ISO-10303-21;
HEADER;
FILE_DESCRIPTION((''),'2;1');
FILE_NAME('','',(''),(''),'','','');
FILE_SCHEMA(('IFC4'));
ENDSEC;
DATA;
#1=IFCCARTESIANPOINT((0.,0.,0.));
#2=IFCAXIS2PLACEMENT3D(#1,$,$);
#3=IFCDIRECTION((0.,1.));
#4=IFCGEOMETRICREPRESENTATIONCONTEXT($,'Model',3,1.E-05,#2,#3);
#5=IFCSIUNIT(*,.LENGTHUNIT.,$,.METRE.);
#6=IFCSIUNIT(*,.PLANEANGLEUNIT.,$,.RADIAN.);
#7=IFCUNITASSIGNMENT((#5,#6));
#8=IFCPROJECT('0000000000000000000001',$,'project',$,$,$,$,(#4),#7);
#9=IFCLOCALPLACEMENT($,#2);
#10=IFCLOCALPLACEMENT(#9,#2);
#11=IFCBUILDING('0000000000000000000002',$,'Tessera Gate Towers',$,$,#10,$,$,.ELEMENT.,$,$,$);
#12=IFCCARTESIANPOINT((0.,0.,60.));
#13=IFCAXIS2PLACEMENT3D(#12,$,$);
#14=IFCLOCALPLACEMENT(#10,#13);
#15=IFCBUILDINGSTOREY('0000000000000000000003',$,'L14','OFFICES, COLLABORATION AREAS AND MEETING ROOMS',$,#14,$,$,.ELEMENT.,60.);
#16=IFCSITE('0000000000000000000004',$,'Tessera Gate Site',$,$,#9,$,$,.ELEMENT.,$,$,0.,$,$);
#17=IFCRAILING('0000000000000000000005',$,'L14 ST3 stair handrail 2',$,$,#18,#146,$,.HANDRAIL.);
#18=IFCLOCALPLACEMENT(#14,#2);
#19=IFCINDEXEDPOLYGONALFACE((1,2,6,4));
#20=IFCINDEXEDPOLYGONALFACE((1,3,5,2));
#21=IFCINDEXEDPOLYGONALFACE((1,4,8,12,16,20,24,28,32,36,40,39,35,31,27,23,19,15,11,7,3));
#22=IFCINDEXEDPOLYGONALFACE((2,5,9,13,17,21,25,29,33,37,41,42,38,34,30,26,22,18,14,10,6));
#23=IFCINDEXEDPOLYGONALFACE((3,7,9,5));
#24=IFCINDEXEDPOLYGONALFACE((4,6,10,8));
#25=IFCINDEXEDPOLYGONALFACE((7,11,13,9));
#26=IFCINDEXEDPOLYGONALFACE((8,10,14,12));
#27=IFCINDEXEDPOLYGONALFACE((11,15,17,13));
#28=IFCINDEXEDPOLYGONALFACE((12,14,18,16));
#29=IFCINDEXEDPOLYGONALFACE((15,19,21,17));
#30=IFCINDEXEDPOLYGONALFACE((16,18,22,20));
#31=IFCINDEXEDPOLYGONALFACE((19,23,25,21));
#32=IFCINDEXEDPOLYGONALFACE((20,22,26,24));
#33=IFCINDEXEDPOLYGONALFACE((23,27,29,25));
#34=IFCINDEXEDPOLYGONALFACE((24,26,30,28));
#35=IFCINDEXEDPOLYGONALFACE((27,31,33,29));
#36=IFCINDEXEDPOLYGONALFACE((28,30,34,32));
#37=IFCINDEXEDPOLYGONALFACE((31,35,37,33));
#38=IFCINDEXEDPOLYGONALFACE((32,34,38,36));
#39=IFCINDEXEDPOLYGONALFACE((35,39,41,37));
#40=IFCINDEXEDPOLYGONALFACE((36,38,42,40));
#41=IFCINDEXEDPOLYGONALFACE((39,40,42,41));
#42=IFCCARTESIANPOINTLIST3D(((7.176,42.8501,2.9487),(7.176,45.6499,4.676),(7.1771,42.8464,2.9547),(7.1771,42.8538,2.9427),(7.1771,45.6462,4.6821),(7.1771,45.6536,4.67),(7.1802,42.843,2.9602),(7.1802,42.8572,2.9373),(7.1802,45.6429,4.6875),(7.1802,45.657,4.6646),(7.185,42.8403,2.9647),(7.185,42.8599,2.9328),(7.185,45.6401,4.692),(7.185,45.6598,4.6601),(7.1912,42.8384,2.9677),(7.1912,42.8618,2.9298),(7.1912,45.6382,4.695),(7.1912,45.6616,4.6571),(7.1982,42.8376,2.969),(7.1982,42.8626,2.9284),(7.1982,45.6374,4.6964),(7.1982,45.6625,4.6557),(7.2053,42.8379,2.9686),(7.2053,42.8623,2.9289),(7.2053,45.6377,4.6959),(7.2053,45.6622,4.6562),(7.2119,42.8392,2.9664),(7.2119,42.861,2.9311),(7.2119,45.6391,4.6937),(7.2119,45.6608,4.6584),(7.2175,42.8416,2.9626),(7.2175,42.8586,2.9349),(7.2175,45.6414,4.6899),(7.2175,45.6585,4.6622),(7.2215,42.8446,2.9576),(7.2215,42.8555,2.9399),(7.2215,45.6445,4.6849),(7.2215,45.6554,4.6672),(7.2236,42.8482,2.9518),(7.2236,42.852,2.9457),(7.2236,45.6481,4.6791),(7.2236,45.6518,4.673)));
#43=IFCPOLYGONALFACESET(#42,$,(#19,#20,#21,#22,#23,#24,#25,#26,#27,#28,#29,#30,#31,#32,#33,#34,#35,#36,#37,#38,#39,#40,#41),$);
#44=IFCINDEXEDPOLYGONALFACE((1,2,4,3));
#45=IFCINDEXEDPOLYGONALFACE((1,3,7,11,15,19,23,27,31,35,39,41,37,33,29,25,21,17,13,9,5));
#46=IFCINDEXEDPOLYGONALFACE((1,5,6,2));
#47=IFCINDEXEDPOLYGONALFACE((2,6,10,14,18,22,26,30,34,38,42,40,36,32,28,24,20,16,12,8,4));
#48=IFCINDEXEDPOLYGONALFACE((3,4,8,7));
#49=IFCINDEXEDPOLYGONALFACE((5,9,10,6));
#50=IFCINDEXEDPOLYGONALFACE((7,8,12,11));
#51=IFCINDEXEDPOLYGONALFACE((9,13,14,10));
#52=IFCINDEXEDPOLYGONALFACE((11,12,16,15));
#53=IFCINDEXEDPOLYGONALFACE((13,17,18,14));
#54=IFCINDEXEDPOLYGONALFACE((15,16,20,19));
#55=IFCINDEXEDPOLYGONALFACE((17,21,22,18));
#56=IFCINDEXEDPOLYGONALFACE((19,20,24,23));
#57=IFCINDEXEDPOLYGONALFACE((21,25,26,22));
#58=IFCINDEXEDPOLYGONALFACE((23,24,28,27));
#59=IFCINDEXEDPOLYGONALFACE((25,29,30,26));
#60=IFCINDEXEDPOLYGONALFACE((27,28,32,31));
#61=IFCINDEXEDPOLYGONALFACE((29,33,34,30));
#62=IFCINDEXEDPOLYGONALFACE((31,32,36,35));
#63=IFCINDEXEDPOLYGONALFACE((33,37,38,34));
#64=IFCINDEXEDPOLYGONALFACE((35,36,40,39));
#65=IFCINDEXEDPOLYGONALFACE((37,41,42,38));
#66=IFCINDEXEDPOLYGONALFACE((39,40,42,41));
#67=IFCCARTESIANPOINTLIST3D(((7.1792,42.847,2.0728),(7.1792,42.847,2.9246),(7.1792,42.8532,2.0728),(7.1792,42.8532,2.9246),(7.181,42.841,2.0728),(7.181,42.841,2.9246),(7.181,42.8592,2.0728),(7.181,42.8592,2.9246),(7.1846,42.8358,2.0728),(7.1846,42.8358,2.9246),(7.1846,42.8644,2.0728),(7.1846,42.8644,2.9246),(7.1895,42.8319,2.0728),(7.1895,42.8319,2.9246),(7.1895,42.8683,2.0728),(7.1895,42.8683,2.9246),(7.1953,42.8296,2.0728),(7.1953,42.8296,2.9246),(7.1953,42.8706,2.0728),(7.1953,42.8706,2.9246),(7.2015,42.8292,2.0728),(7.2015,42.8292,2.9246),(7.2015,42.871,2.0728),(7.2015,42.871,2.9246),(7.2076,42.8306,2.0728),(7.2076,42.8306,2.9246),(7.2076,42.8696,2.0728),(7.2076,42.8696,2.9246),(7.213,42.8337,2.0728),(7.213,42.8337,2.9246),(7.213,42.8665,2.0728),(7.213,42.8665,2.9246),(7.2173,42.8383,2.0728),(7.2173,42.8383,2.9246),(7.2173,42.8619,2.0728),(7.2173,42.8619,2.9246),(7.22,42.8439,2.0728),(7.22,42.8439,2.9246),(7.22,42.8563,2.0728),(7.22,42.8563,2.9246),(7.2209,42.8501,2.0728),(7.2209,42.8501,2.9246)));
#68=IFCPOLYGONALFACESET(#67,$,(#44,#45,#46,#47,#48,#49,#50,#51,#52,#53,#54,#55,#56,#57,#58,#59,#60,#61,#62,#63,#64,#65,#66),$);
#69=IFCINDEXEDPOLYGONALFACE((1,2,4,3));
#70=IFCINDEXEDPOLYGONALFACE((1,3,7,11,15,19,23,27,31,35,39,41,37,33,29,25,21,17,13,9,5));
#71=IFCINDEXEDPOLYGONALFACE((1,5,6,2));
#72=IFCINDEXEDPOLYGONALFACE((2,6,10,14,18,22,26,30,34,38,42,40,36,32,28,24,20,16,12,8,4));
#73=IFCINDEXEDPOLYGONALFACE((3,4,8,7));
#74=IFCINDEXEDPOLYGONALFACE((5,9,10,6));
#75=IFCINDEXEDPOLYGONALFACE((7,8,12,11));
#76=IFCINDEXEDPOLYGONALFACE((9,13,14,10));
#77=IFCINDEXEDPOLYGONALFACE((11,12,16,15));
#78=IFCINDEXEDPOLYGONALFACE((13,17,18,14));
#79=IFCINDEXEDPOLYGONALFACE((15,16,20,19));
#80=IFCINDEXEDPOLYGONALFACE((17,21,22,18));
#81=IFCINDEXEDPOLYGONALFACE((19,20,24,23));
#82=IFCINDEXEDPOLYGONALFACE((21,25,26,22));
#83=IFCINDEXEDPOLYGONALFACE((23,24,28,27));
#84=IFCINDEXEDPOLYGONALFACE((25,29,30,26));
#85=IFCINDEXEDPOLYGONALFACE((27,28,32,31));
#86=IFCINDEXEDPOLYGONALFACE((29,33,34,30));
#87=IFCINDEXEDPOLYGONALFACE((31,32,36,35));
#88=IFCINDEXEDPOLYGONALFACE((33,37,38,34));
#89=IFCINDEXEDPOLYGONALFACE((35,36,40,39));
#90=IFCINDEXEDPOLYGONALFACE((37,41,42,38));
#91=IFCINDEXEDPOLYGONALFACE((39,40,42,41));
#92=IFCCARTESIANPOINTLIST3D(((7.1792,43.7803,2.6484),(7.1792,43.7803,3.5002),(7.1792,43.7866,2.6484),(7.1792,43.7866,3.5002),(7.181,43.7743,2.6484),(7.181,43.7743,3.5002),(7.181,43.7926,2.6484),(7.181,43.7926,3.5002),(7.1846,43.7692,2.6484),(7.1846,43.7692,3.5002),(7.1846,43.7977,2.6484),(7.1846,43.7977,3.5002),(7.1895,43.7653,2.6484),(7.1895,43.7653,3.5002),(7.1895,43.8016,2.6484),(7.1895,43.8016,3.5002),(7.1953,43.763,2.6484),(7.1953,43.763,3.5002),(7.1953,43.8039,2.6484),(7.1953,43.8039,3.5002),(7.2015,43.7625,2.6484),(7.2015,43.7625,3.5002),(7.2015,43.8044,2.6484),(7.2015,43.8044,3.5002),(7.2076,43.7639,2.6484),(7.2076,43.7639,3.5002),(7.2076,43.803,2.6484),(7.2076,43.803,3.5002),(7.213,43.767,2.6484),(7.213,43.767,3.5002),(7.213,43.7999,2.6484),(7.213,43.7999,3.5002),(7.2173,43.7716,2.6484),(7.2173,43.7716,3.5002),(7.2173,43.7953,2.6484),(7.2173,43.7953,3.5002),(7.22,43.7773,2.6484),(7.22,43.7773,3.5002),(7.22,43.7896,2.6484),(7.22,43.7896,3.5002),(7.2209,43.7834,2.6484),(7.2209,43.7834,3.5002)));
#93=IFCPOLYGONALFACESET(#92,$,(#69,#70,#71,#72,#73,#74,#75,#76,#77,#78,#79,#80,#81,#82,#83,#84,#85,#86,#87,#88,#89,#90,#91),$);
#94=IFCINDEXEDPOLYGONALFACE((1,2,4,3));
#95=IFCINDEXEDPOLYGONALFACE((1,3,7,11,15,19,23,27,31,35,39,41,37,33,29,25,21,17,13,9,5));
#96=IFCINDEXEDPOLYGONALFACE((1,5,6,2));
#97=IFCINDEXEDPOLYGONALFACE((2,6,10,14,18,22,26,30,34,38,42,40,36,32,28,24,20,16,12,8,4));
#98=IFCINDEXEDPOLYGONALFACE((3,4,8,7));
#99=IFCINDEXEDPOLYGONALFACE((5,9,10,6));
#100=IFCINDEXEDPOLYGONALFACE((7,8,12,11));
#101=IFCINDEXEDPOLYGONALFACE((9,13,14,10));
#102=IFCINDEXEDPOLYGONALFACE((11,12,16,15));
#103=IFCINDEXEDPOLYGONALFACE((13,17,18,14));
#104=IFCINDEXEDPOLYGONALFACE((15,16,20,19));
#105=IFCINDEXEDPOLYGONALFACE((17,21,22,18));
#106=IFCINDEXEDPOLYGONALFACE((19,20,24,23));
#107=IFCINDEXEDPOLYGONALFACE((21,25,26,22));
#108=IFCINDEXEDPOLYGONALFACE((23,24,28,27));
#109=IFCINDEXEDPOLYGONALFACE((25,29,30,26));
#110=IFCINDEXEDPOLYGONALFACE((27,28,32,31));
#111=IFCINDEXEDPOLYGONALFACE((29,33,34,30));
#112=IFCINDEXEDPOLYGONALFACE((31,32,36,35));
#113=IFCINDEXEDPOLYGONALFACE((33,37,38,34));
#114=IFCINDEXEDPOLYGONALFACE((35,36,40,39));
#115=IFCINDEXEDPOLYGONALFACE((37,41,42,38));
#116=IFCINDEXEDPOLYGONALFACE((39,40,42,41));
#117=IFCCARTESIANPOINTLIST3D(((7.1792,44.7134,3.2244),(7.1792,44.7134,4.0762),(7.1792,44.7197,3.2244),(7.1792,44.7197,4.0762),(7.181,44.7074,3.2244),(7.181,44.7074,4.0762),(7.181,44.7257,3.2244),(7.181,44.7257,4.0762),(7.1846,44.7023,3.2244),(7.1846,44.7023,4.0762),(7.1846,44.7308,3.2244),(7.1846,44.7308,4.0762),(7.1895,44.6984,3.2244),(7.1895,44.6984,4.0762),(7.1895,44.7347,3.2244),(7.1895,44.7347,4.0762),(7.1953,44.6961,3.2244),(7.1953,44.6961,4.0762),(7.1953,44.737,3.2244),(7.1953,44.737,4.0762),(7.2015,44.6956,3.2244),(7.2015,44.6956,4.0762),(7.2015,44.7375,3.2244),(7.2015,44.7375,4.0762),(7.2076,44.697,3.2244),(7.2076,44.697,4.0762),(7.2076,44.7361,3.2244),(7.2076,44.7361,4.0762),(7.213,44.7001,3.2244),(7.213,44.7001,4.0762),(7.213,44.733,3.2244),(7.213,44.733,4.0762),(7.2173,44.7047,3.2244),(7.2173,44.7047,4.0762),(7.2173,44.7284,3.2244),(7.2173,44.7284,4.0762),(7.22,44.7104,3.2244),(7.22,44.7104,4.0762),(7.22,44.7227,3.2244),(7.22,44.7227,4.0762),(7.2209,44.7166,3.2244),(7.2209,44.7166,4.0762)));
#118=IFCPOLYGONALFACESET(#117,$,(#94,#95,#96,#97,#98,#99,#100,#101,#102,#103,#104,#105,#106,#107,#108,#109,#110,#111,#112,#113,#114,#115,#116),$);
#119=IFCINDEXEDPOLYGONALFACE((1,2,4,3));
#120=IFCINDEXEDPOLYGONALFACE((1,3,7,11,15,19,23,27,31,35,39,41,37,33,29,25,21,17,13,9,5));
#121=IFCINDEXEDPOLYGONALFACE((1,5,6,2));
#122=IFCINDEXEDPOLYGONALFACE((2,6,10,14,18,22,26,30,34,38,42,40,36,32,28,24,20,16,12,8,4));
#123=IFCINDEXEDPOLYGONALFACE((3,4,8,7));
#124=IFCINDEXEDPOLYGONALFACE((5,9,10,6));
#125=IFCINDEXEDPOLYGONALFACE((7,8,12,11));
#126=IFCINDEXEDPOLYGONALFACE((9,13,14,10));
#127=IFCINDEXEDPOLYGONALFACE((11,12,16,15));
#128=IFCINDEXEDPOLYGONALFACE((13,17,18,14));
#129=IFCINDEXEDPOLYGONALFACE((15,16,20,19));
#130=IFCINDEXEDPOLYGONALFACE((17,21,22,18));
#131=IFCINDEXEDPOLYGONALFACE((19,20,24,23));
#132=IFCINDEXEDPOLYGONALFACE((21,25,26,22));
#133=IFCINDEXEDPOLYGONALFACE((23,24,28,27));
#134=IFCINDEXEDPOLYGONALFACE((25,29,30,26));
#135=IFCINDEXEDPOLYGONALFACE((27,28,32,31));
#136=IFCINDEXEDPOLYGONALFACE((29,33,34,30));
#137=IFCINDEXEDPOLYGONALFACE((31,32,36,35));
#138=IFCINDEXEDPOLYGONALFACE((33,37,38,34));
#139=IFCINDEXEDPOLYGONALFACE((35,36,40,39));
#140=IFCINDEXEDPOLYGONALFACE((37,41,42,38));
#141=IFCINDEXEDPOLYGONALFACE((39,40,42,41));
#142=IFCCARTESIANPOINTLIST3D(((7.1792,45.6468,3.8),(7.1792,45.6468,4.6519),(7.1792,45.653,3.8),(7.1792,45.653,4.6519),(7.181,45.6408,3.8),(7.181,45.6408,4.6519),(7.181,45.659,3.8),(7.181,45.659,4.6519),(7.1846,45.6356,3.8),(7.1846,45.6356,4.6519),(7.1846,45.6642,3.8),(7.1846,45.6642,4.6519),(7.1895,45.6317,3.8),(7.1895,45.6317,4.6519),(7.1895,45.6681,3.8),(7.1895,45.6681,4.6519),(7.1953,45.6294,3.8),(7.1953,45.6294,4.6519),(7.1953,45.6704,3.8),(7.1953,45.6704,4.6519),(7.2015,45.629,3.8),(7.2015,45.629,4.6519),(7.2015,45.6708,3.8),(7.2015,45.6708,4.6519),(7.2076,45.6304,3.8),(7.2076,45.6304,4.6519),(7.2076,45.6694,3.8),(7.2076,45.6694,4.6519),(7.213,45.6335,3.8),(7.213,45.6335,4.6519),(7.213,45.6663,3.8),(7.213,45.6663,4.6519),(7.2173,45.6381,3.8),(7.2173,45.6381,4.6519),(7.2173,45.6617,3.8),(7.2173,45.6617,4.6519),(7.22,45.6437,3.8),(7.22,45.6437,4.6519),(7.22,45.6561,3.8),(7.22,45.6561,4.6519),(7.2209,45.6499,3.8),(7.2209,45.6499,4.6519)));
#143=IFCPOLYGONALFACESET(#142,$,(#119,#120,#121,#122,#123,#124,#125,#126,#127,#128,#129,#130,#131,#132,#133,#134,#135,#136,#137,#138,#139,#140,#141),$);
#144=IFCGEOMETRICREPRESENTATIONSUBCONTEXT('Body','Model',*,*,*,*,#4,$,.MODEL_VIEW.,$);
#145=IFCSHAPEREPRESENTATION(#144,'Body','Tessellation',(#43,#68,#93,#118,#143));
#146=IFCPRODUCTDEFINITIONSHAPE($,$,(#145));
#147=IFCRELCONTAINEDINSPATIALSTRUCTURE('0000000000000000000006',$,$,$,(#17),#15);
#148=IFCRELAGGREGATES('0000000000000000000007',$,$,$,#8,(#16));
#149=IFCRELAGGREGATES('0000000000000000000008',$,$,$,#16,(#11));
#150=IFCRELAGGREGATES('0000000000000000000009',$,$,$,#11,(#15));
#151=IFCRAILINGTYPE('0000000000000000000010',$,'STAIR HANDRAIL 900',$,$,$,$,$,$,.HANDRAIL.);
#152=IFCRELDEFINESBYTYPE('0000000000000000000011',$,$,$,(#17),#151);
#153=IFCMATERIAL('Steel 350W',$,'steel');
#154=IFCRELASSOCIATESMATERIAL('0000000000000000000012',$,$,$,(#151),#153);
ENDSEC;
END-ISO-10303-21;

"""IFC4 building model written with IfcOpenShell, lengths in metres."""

from ifc_helpers import new_model, si_unit, direction, frame, origin, origin_2d, place, context, subcontext, project, spatial, circle, extrude, material, type_object, element, save


model = new_model("IFC4")

# Units and contexts
model_context = context("Model", 3, precision=1e-05, world=origin(), true_north=direction((0.0, 1.0)))
body_context = subcontext(model_context, "Body", "Model", "MODEL_VIEW")
ifc_project = project(units=[si_unit("LENGTHUNIT", "METRE"), si_unit("PLANEANGLEUNIT", "RADIAN")], contexts=[model_context])

# Site, building, storey
site_placement = place(None, origin())
site = spatial("IfcSite", under=ifc_project, at=site_placement, Name="Tessera Gate Site", CompositionType="ELEMENT", RefElevation=0.0)
building_placement = place(site_placement, origin())
building = spatial("IfcBuilding", under=site, at=building_placement, Name="Tessera Gate Towers", CompositionType="ELEMENT")
storey_placement = place(building_placement, frame((0.0, 0.0, 60.0)))
storey = spatial("IfcBuildingStorey", under=building, at=storey_placement, Name="L14", Description="OFFICES, COLLABORATION AREAS AND MEETING ROOMS", CompositionType="ELEMENT", Elevation=60.0)

# Railing
ifc_material_1 = material(Name="Steel 350W", Category="steel")
railing_type = type_object("IfcRailingType", Name="STAIR HANDRAIL 900", PredefinedType="HANDRAIL", material=ifc_material_1)
railing_placement = place(storey_placement, frame((7.2, 42.8501, 2.0728)))
element("IfcRailing", 1, at=railing_placement, inside=storey, type_object=railing_type, Name="L14 ST3 stair handrail 2", PredefinedType="HANDRAIL", context=body_context, shape_type="SweptSolid", body=[
    extrude(circle(Radius=0.0239, at=origin_2d()), frame((0.0, 0.0, 0.876), z_axis=(0.0, 0.851069, 0.525054), x_axis=(-1.0, 0.0, 0.0)), (0.0, 0.0, 1.0), 3.2898),
    extrude(circle(Radius=0.021, at=origin_2d()), origin(), (0.0, 0.0, 1.0), 0.8518),
    extrude(circle(Radius=0.021, at=origin_2d()), frame((0.0, 0.9333, 0.5757)), (0.0, 0.0, 1.0), 0.8518),
    extrude(circle(Radius=0.021, at=origin_2d()), frame((0.0, 1.8665, 1.1516)), (0.0, 0.0, 1.0), 0.8518),
    extrude(circle(Radius=0.021, at=origin_2d()), frame((0.0, 2.7998, 1.7273)), (0.0, 0.0, 1.0), 0.8518),
])

save(model, "model.ifc")
